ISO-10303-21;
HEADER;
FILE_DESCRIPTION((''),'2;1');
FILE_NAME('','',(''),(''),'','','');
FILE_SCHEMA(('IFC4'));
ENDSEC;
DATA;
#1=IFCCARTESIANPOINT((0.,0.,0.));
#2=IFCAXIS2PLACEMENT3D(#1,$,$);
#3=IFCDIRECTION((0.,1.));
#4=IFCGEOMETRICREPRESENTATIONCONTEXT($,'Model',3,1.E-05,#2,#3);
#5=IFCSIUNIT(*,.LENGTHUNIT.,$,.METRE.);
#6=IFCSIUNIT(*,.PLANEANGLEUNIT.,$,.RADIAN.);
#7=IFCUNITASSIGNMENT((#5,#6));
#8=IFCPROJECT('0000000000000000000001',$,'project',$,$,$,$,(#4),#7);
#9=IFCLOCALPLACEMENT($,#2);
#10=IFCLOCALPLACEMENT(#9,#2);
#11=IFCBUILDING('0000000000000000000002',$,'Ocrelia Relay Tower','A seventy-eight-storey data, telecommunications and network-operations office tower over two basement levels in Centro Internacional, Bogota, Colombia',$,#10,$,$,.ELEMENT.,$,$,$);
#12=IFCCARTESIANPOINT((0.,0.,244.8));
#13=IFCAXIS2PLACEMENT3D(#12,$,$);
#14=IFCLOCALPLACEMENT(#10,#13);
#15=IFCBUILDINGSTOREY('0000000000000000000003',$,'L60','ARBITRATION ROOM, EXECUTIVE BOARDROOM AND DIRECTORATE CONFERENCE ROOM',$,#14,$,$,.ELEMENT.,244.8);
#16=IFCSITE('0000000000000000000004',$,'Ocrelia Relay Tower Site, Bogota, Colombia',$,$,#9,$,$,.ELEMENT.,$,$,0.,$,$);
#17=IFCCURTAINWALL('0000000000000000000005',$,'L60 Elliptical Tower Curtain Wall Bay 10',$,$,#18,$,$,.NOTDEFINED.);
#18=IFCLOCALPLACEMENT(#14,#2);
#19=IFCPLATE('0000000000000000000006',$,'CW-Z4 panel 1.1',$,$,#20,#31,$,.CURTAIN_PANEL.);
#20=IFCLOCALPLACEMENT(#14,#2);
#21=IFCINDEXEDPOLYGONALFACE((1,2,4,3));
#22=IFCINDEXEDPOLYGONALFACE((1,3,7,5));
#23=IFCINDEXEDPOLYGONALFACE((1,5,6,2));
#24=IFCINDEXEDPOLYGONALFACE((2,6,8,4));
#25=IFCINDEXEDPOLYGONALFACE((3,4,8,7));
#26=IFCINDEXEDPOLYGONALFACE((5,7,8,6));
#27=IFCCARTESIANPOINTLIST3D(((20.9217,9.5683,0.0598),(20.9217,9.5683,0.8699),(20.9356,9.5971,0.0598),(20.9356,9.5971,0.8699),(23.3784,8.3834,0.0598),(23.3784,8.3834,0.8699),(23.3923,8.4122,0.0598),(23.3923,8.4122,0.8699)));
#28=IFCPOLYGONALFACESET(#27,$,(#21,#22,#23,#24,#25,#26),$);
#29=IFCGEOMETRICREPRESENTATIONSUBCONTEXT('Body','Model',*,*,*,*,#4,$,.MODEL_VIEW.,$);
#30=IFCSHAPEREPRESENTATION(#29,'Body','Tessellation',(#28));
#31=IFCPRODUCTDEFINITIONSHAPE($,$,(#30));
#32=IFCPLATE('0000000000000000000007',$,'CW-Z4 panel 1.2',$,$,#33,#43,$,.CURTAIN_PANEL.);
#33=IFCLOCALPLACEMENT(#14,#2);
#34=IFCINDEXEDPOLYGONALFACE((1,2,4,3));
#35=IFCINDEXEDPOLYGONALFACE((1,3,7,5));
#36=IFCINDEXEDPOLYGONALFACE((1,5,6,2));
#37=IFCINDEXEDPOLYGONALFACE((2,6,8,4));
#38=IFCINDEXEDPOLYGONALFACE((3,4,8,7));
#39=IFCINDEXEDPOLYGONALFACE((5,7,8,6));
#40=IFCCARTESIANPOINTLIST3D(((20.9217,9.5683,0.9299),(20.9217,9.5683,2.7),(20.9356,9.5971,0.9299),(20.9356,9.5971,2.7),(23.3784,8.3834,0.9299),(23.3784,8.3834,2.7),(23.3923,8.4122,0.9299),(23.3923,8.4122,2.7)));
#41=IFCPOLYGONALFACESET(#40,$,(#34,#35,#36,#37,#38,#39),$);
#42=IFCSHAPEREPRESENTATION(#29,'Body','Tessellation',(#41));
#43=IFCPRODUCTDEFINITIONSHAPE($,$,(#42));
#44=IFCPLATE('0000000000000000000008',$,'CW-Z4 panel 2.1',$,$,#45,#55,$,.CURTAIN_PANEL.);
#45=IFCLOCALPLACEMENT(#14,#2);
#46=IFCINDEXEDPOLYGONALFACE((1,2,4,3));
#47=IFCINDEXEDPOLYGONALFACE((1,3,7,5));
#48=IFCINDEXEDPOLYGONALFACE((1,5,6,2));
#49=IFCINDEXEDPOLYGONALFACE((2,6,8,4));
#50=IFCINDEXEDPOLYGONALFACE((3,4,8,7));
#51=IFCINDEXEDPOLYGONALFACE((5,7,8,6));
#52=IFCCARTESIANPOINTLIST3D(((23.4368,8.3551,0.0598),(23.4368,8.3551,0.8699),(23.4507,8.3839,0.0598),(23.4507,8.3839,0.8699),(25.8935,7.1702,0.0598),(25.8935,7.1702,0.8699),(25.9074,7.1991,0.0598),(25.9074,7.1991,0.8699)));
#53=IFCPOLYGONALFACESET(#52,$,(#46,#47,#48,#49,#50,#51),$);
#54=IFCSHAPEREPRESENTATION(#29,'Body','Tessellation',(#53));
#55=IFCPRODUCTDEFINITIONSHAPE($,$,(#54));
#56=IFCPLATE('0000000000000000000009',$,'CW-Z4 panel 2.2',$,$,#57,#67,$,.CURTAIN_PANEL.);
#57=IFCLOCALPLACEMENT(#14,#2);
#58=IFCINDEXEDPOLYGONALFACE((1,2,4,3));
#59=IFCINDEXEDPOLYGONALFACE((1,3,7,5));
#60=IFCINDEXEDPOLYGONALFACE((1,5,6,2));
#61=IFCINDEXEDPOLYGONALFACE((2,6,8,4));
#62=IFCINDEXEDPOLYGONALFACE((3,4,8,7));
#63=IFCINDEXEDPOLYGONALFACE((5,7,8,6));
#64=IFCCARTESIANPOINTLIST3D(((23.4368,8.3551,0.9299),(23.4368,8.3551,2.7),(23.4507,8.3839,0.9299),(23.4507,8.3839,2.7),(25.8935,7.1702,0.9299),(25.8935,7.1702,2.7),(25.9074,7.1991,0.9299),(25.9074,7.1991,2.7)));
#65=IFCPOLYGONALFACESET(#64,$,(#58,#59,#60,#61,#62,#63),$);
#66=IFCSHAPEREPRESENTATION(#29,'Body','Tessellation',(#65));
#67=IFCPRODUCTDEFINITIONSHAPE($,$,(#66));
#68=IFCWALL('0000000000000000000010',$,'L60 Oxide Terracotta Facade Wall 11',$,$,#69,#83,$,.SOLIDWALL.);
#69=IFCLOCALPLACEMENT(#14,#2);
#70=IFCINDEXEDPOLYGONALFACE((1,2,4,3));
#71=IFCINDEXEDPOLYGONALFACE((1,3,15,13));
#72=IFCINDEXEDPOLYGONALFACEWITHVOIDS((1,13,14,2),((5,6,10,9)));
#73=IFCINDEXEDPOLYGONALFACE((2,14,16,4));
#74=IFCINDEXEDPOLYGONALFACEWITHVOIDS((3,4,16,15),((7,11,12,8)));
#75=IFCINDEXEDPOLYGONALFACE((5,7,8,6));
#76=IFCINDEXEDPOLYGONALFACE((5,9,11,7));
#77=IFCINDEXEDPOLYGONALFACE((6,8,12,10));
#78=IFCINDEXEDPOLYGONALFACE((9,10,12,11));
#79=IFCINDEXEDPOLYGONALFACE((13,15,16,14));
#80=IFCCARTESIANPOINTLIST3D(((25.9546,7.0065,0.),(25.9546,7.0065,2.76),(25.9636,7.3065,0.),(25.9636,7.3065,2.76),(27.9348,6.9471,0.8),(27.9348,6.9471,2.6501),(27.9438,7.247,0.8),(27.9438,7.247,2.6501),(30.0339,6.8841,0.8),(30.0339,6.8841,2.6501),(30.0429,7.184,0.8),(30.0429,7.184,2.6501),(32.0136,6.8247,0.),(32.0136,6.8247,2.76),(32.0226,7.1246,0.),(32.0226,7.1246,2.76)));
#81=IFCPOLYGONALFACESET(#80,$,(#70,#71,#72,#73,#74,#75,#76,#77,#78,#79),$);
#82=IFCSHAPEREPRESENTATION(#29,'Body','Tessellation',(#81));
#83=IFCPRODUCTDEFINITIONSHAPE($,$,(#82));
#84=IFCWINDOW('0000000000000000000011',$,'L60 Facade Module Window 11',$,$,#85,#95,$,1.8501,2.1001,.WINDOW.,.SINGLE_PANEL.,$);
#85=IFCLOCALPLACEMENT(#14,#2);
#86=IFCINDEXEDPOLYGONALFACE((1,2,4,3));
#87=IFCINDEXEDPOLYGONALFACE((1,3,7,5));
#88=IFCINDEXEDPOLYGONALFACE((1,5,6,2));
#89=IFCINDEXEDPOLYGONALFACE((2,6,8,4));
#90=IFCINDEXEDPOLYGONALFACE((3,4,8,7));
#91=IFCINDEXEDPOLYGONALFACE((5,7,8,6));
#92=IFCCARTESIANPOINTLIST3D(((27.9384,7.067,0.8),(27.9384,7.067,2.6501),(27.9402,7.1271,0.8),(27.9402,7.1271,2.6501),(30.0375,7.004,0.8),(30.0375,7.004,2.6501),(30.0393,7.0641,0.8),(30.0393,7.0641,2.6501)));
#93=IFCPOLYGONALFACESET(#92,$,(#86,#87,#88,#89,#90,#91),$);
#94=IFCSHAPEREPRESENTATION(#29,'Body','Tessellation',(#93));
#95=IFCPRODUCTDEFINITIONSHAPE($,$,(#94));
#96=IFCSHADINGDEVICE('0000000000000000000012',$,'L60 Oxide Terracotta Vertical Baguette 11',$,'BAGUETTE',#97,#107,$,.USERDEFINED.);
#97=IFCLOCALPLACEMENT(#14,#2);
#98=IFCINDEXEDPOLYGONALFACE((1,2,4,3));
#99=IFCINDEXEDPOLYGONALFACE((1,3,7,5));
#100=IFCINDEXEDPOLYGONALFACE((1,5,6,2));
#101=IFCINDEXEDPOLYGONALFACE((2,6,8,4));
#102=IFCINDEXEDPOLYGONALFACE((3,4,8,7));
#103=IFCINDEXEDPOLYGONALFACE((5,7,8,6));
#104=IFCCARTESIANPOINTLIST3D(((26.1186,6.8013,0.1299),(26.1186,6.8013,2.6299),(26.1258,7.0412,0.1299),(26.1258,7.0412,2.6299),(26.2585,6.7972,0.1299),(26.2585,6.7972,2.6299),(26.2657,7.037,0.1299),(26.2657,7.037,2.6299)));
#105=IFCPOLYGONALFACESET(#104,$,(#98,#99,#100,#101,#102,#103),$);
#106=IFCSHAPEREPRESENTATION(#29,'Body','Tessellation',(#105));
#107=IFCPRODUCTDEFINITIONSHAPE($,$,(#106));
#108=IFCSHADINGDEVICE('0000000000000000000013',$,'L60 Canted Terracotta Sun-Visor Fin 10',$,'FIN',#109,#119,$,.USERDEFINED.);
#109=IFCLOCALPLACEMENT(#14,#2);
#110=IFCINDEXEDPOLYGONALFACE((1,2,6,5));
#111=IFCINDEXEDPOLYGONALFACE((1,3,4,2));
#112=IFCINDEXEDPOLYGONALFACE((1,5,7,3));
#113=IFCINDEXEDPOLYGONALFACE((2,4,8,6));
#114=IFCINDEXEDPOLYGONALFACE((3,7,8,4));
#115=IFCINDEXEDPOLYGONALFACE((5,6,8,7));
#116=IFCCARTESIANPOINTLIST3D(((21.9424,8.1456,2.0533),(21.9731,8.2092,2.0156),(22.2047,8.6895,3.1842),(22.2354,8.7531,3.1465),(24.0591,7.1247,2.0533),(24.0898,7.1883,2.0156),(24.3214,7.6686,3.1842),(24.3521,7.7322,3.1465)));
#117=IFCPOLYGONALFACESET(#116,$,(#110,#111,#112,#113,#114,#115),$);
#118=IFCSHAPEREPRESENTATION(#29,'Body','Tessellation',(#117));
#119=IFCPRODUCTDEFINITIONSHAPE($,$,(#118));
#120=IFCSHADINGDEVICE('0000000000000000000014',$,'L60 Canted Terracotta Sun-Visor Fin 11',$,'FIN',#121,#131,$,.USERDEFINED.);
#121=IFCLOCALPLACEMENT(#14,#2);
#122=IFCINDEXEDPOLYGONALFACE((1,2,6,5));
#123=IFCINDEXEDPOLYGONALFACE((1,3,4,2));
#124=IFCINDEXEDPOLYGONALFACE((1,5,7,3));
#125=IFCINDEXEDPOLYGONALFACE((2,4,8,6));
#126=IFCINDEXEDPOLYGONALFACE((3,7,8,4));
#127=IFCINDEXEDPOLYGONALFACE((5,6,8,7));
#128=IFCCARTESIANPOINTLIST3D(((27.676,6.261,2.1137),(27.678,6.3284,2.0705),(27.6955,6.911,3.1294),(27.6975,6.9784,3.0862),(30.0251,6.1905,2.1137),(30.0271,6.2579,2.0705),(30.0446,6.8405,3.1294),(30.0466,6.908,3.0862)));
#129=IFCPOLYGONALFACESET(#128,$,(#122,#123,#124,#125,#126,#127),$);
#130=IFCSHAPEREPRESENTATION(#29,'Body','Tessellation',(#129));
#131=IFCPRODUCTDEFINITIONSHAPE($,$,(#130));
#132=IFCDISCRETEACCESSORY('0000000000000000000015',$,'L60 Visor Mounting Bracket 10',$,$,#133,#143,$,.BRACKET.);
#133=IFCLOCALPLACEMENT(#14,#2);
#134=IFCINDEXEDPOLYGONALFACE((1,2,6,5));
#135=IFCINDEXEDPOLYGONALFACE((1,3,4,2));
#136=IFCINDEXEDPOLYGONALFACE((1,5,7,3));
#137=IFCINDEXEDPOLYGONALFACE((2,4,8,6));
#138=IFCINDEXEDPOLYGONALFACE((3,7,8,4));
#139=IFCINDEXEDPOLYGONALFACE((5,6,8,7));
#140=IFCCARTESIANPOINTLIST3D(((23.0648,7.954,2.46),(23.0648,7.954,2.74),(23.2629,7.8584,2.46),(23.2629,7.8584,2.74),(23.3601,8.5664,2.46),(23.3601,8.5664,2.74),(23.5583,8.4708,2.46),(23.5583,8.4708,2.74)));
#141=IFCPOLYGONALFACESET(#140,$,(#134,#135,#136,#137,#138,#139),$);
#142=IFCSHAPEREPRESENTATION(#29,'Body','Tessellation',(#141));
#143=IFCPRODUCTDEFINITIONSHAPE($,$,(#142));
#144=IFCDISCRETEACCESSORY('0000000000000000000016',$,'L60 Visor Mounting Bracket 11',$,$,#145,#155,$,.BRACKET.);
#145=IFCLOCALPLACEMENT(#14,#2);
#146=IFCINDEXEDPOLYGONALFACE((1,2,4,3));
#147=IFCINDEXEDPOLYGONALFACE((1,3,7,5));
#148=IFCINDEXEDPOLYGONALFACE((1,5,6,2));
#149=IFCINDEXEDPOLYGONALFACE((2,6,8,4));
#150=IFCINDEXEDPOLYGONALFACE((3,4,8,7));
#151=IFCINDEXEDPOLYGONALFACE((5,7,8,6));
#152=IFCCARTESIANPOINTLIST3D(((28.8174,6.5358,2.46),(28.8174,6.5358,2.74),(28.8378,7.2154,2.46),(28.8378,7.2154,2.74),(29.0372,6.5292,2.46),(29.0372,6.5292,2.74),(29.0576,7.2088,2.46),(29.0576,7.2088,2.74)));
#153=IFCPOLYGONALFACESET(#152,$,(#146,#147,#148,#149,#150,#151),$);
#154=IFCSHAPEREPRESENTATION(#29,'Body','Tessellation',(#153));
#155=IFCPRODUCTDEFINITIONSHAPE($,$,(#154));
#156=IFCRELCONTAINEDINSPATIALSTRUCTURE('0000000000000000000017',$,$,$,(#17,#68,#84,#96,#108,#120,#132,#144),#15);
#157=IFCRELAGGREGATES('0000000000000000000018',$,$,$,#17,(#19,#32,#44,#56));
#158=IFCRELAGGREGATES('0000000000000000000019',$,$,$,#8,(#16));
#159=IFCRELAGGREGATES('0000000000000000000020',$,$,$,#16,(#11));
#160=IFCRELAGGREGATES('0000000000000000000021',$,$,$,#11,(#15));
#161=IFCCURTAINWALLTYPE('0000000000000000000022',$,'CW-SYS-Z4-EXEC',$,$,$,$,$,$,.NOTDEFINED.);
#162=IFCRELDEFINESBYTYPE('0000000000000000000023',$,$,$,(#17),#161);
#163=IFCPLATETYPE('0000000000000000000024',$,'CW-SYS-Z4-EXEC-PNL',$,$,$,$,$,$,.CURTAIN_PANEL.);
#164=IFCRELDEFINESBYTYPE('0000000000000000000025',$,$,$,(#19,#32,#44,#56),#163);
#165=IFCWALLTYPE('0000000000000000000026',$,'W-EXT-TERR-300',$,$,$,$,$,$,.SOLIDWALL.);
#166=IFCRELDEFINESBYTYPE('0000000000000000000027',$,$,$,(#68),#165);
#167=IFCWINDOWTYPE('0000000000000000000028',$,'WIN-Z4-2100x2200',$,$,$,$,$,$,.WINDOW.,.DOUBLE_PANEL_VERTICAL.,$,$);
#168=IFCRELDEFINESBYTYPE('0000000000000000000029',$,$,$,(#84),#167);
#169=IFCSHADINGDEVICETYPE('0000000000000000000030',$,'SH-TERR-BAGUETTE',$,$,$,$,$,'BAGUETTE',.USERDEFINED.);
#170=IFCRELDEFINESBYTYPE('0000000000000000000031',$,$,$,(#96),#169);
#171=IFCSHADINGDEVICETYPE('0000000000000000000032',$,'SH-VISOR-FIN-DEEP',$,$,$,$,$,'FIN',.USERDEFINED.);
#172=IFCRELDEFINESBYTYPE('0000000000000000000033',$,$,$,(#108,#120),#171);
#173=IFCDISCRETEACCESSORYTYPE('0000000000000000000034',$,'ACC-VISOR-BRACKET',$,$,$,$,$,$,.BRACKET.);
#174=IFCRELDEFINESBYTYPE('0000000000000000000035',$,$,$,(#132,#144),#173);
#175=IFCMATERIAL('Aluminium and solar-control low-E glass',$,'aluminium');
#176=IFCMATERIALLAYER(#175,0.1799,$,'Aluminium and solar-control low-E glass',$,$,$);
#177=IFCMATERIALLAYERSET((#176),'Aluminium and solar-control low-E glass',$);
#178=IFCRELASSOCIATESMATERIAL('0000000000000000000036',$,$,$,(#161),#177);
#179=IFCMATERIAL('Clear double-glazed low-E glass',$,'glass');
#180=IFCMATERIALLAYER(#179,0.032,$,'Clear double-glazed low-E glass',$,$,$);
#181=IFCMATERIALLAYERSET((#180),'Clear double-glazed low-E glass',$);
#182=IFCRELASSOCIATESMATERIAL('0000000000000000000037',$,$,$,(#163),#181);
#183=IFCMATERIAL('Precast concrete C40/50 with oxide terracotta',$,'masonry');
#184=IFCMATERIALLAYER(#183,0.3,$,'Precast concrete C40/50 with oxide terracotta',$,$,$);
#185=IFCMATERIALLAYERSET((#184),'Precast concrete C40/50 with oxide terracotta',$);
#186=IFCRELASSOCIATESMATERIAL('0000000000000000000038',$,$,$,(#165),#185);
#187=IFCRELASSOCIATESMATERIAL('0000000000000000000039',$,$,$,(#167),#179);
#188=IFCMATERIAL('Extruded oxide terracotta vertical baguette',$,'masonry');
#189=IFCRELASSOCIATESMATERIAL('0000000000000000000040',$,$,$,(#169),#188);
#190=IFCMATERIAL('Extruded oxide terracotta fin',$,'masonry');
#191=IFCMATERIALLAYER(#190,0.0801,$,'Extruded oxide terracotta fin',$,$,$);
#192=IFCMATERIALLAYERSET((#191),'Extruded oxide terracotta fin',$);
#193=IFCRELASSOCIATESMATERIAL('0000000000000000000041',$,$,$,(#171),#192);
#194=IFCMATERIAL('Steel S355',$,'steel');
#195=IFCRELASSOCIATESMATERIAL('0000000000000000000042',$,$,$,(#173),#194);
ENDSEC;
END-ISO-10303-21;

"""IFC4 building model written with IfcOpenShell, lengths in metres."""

from ifc_helpers import new_model, si_unit, direction, frame, frame_2d, origin, origin_2d, place, context, subcontext, project, spatial, rectangle, extrude, material, layer, layer_set, type_object, element, fill, aggregate, save


model = new_model("IFC4")

# Units and contexts
model_context = context("Model", 3, precision=1e-05, world=origin(), true_north=direction((0.0, 1.0)))
body_context = subcontext(model_context, "Body", "Model", "MODEL_VIEW")
ifc_project = project(units=[si_unit("LENGTHUNIT", "METRE"), si_unit("PLANEANGLEUNIT", "RADIAN")], contexts=[model_context])

# Site, building, storey
site_placement = place(None, origin())
site = spatial("IfcSite", under=ifc_project, at=site_placement, Name="Ocrelia Relay Tower Site, Bogota, Colombia", CompositionType="ELEMENT", RefElevation=0.0)
building_placement = place(site_placement, origin())
building = spatial("IfcBuilding", under=site, at=building_placement, Name="Ocrelia Relay Tower", Description="A seventy-eight-storey data, telecommunications and network-operations office tower over two basement levels in Centro Internacional, Bogota, Colombia", CompositionType="ELEMENT")
storey_placement = place(building_placement, frame((0.0, 0.0, 244.8)))
storey = spatial("IfcBuildingStorey", under=building, at=storey_placement, Name="L60", Description="ARBITRATION ROOM, EXECUTIVE BOARDROOM AND DIRECTORATE CONFERENCE ROOM", CompositionType="ELEMENT", Elevation=244.8)

# Shared definitions
ifc_material_1 = material(Name="Steel S355", Category="steel")

# Curtain wall, plates
ifc_material_2 = material(Name="Aluminium and solar-control low-E glass", Category="aluminium")
ifc_layer_1 = layer(ifc_material_2, 0.1799, Name="Aluminium and solar-control low-E glass")
ifc_layer_set_1 = layer_set([ifc_layer_1], Name="Aluminium and solar-control low-E glass")
curtain_wall_type = type_object("IfcCurtainWallType", Name="CW-SYS-Z4-EXEC", PredefinedType="NOTDEFINED", material=ifc_layer_set_1)
curtain_wall_placement = place(storey_placement, origin())
curtain_wall = element("IfcCurtainWall", 1, at=curtain_wall_placement, inside=storey, type_object=curtain_wall_type, Name="L60 Elliptical Tower Curtain Wall Bay 10", PredefinedType="NOTDEFINED")
ifc_material_3 = material(Name="Clear double-glazed low-E glass", Category="glass")
ifc_layer_2 = layer(ifc_material_3, 0.032, Name="Clear double-glazed low-E glass")
ifc_layer_set_2 = layer_set([ifc_layer_2], Name="Clear double-glazed low-E glass")
plate_type = type_object("IfcPlateType", Name="CW-SYS-Z4-EXEC-PNL", PredefinedType="CURTAIN_PANEL", material=ifc_layer_set_2)
plate_1_placement = place(storey_placement, frame((22.157, 8.9902, 0.0598), z_axis=(0.0, 0.0, 1.0), x_axis=(0.900711, -0.434418, 0.0)))
plate_1 = element("IfcPlate", 2, at=plate_1_placement, type_object=plate_type, Name="CW-Z4 panel 1.1", PredefinedType="CURTAIN_PANEL", context=body_context, shape_type="SweptSolid", body=[
    extrude(rectangle(XDim=2.7275, YDim=0.032, at=origin_2d()), origin(), (0.0, 0.0, 1.0), 0.8101),
])
plate_2_placement = place(storey_placement, frame((22.157, 8.9902, 0.9299), z_axis=(0.0, 0.0, 1.0), x_axis=(0.900711, -0.434418, 0.0)))
plate_2 = element("IfcPlate", 3, at=plate_2_placement, type_object=plate_type, Name="CW-Z4 panel 1.2", PredefinedType="CURTAIN_PANEL", context=body_context, shape_type="SweptSolid", body=[
    extrude(rectangle(XDim=2.7275, YDim=0.032, at=origin_2d()), origin(), (0.0, 0.0, 1.0), 1.77),
])
plate_3_placement = place(storey_placement, frame((24.6721, 7.7771, 0.0598), z_axis=(0.0, 0.0, 1.0), x_axis=(0.900711, -0.434418, 0.0)))
plate_3 = element("IfcPlate", 4, at=plate_3_placement, type_object=plate_type, Name="CW-Z4 panel 2.1", PredefinedType="CURTAIN_PANEL", context=body_context, shape_type="SweptSolid", body=[
    extrude(rectangle(XDim=2.7275, YDim=0.032, at=origin_2d()), origin(), (0.0, 0.0, 1.0), 0.8101),
])
plate_4_placement = place(storey_placement, frame((24.6721, 7.7771, 0.9299), z_axis=(0.0, 0.0, 1.0), x_axis=(0.900711, -0.434418, 0.0)))
plate_4 = element("IfcPlate", 5, at=plate_4_placement, type_object=plate_type, Name="CW-Z4 panel 2.2", PredefinedType="CURTAIN_PANEL", context=body_context, shape_type="SweptSolid", body=[
    extrude(rectangle(XDim=2.7275, YDim=0.032, at=origin_2d()), origin(), (0.0, 0.0, 1.0), 1.77),
])
aggregate(curtain_wall, [plate_1, plate_2, plate_3, plate_4])

# Wall, opening, window
ifc_material_4 = material(Name="Precast concrete C40/50 with oxide terracotta", Category="masonry")
ifc_layer_3 = layer(ifc_material_4, 0.3, Name="Precast concrete C40/50 with oxide terracotta")
ifc_layer_set_3 = layer_set([ifc_layer_3], Name="Precast concrete C40/50 with oxide terracotta")
wall_type = type_object("IfcWallType", Name="W-EXT-TERR-300", PredefinedType="SOLIDWALL", material=ifc_layer_set_3)
wall_placement = place(storey_placement, frame((25.9592, 7.1565, 0.0), z_axis=(0.0, 0.0, 1.0), x_axis=(0.99955, -0.030005, 0.0)))
wall = element("IfcWall", 6, at=wall_placement, inside=storey, type_object=wall_type, Name="L60 Oxide Terracotta Facade Wall 11", PredefinedType="SOLIDWALL", context=body_context, shape_type="SweptSolid", body=[
    extrude(rectangle(XDim=6.0618, YDim=0.3, at=frame_2d((3.0308, 0.0))), origin(), (0.0, 0.0, 1.0), 2.76),
])
opening_placement = place(wall_placement, frame((1.981, 0.0, 0.8)))
opening = element("IfcOpeningElement", 7, at=opening_placement, cuts=wall, PredefinedType="OPENING", context=body_context, shape_type="SweptSolid", body=[
    extrude(rectangle(XDim=2.1001, YDim=1.8501, at=frame_2d((1.05, 0.925))), frame((0.0, 0.1602, 0.0), z_axis=(0.0, -1.0, 0.0), x_axis=(1.0, 0.0, 0.0)), (0.0, 0.0, 1.0), 0.3201),
])
window_type = type_object("IfcWindowType", Name="WIN-Z4-2100x2200", PartitioningType="DOUBLE_PANEL_VERTICAL", PredefinedType="WINDOW", material=ifc_material_3)
window_placement = place(opening_placement, origin())
window = element("IfcWindow", 8, at=window_placement, inside=storey, type_object=window_type, Name="L60 Facade Module Window 11", OverallHeight=1.8501, OverallWidth=2.1001, PartitioningType="SINGLE_PANEL", PredefinedType="WINDOW", context=body_context, shape_type="SweptSolid", body=[
    extrude(rectangle(XDim=2.1001, YDim=1.8501, at=frame_2d((1.05, 0.925))), frame((0.0, 0.03, 0.0), z_axis=(0.0, -1.0, 0.0), x_axis=(1.0, 0.0, 0.0)), (0.0, 0.0, 1.0), 0.0601),
])
fill(opening, window)

# Shading devices
ifc_material_5 = material(Name="Extruded oxide terracotta vertical baguette", Category="masonry")
shading_device_type_1 = type_object("IfcShadingDeviceType", Name="SH-TERR-BAGUETTE", ElementType="BAGUETTE", PredefinedType="USERDEFINED", material=ifc_material_5)
shading_device_1_placement = place(storey_placement, frame((26.1921, 6.9192, 0.1299), z_axis=(0.0, 0.0, 1.0), x_axis=(0.999551, -0.029974, 0.0)))
element("IfcShadingDevice", 9, at=shading_device_1_placement, inside=storey, type_object=shading_device_type_1, Name="L60 Oxide Terracotta Vertical Baguette 11", ObjectType="BAGUETTE", PredefinedType="USERDEFINED", context=body_context, shape_type="SweptSolid", body=[
    extrude(rectangle(XDim=0.1399, YDim=0.24, at=origin_2d()), origin(), (0.0, 0.0, 1.0), 2.5),
])
ifc_material_6 = material(Name="Extruded oxide terracotta fin", Category="masonry")
ifc_layer_4 = layer(ifc_material_6, 0.0801, Name="Extruded oxide terracotta fin")
ifc_layer_set_4 = layer_set([ifc_layer_4], Name="Extruded oxide terracotta fin")
shading_device_type_2 = type_object("IfcShadingDeviceType", Name="SH-VISOR-FIN-DEEP", ElementType="FIN", PredefinedType="USERDEFINED", material=ifc_layer_set_4)
shading_device_2_placement = place(storey_placement, frame((23.1626, 7.9707, 2.5811), z_axis=(-0.383212, -0.794542, 0.471012), x_axis=(0.900711, -0.434418, 0.0)))
element("IfcShadingDevice", 10, at=shading_device_2_placement, inside=storey, type_object=shading_device_type_2, Name="L60 Canted Terracotta Sun-Visor Fin 10", ObjectType="FIN", PredefinedType="USERDEFINED", context=body_context, shape_type="SweptSolid", body=[
    extrude(rectangle(XDim=2.3501, YDim=1.282, at=origin_2d()), origin(), (0.0, 0.0, 1.0), 0.0801),
])
shading_device_3_placement = place(storey_placement, frame((28.8623, 6.6182, 2.5784), z_axis=(-0.025244, -0.841792, 0.539212), x_axis=(0.999551, -0.029974, 0.0)))
element("IfcShadingDevice", 11, at=shading_device_3_placement, inside=storey, type_object=shading_device_type_2, Name="L60 Canted Terracotta Sun-Visor Fin 11", ObjectType="FIN", PredefinedType="USERDEFINED", context=body_context, shape_type="SweptSolid", body=[
    extrude(rectangle(XDim=2.3501, YDim=1.2061, at=origin_2d()), origin(), (0.0, 0.0, 1.0), 0.0801),
])

# Discrete accessories
discrete_accessory_type = type_object("IfcDiscreteAccessoryType", Name="ACC-VISOR-BRACKET", PredefinedType="BRACKET", material=ifc_material_1)
for number, where, z_axis, x_axis, name in (
    (12, (23.3115, 8.2124, 2.46), (0.0, 0.0, 1.0), (0.900711, -0.434418, 0.0), "L60 Visor Mounting Bracket 10"),
    (13, (28.9375, 6.8723, 2.46), (0.0, 0.0, 1.0), (0.999551, -0.029974, 0.0), "L60 Visor Mounting Bracket 11"),
):
    element("IfcDiscreteAccessory", number, at=place(storey_placement, frame(where, z_axis=z_axis, x_axis=x_axis)), inside=storey, type_object=discrete_accessory_type, Name=name, PredefinedType="BRACKET", context=body_context, shape_type="SweptSolid", body=[
        extrude(rectangle(XDim=0.22, YDim=0.6799, at=origin_2d()), origin(), (0.0, 0.0, 1.0), 0.28),
    ])

save(model, "model.ifc")
